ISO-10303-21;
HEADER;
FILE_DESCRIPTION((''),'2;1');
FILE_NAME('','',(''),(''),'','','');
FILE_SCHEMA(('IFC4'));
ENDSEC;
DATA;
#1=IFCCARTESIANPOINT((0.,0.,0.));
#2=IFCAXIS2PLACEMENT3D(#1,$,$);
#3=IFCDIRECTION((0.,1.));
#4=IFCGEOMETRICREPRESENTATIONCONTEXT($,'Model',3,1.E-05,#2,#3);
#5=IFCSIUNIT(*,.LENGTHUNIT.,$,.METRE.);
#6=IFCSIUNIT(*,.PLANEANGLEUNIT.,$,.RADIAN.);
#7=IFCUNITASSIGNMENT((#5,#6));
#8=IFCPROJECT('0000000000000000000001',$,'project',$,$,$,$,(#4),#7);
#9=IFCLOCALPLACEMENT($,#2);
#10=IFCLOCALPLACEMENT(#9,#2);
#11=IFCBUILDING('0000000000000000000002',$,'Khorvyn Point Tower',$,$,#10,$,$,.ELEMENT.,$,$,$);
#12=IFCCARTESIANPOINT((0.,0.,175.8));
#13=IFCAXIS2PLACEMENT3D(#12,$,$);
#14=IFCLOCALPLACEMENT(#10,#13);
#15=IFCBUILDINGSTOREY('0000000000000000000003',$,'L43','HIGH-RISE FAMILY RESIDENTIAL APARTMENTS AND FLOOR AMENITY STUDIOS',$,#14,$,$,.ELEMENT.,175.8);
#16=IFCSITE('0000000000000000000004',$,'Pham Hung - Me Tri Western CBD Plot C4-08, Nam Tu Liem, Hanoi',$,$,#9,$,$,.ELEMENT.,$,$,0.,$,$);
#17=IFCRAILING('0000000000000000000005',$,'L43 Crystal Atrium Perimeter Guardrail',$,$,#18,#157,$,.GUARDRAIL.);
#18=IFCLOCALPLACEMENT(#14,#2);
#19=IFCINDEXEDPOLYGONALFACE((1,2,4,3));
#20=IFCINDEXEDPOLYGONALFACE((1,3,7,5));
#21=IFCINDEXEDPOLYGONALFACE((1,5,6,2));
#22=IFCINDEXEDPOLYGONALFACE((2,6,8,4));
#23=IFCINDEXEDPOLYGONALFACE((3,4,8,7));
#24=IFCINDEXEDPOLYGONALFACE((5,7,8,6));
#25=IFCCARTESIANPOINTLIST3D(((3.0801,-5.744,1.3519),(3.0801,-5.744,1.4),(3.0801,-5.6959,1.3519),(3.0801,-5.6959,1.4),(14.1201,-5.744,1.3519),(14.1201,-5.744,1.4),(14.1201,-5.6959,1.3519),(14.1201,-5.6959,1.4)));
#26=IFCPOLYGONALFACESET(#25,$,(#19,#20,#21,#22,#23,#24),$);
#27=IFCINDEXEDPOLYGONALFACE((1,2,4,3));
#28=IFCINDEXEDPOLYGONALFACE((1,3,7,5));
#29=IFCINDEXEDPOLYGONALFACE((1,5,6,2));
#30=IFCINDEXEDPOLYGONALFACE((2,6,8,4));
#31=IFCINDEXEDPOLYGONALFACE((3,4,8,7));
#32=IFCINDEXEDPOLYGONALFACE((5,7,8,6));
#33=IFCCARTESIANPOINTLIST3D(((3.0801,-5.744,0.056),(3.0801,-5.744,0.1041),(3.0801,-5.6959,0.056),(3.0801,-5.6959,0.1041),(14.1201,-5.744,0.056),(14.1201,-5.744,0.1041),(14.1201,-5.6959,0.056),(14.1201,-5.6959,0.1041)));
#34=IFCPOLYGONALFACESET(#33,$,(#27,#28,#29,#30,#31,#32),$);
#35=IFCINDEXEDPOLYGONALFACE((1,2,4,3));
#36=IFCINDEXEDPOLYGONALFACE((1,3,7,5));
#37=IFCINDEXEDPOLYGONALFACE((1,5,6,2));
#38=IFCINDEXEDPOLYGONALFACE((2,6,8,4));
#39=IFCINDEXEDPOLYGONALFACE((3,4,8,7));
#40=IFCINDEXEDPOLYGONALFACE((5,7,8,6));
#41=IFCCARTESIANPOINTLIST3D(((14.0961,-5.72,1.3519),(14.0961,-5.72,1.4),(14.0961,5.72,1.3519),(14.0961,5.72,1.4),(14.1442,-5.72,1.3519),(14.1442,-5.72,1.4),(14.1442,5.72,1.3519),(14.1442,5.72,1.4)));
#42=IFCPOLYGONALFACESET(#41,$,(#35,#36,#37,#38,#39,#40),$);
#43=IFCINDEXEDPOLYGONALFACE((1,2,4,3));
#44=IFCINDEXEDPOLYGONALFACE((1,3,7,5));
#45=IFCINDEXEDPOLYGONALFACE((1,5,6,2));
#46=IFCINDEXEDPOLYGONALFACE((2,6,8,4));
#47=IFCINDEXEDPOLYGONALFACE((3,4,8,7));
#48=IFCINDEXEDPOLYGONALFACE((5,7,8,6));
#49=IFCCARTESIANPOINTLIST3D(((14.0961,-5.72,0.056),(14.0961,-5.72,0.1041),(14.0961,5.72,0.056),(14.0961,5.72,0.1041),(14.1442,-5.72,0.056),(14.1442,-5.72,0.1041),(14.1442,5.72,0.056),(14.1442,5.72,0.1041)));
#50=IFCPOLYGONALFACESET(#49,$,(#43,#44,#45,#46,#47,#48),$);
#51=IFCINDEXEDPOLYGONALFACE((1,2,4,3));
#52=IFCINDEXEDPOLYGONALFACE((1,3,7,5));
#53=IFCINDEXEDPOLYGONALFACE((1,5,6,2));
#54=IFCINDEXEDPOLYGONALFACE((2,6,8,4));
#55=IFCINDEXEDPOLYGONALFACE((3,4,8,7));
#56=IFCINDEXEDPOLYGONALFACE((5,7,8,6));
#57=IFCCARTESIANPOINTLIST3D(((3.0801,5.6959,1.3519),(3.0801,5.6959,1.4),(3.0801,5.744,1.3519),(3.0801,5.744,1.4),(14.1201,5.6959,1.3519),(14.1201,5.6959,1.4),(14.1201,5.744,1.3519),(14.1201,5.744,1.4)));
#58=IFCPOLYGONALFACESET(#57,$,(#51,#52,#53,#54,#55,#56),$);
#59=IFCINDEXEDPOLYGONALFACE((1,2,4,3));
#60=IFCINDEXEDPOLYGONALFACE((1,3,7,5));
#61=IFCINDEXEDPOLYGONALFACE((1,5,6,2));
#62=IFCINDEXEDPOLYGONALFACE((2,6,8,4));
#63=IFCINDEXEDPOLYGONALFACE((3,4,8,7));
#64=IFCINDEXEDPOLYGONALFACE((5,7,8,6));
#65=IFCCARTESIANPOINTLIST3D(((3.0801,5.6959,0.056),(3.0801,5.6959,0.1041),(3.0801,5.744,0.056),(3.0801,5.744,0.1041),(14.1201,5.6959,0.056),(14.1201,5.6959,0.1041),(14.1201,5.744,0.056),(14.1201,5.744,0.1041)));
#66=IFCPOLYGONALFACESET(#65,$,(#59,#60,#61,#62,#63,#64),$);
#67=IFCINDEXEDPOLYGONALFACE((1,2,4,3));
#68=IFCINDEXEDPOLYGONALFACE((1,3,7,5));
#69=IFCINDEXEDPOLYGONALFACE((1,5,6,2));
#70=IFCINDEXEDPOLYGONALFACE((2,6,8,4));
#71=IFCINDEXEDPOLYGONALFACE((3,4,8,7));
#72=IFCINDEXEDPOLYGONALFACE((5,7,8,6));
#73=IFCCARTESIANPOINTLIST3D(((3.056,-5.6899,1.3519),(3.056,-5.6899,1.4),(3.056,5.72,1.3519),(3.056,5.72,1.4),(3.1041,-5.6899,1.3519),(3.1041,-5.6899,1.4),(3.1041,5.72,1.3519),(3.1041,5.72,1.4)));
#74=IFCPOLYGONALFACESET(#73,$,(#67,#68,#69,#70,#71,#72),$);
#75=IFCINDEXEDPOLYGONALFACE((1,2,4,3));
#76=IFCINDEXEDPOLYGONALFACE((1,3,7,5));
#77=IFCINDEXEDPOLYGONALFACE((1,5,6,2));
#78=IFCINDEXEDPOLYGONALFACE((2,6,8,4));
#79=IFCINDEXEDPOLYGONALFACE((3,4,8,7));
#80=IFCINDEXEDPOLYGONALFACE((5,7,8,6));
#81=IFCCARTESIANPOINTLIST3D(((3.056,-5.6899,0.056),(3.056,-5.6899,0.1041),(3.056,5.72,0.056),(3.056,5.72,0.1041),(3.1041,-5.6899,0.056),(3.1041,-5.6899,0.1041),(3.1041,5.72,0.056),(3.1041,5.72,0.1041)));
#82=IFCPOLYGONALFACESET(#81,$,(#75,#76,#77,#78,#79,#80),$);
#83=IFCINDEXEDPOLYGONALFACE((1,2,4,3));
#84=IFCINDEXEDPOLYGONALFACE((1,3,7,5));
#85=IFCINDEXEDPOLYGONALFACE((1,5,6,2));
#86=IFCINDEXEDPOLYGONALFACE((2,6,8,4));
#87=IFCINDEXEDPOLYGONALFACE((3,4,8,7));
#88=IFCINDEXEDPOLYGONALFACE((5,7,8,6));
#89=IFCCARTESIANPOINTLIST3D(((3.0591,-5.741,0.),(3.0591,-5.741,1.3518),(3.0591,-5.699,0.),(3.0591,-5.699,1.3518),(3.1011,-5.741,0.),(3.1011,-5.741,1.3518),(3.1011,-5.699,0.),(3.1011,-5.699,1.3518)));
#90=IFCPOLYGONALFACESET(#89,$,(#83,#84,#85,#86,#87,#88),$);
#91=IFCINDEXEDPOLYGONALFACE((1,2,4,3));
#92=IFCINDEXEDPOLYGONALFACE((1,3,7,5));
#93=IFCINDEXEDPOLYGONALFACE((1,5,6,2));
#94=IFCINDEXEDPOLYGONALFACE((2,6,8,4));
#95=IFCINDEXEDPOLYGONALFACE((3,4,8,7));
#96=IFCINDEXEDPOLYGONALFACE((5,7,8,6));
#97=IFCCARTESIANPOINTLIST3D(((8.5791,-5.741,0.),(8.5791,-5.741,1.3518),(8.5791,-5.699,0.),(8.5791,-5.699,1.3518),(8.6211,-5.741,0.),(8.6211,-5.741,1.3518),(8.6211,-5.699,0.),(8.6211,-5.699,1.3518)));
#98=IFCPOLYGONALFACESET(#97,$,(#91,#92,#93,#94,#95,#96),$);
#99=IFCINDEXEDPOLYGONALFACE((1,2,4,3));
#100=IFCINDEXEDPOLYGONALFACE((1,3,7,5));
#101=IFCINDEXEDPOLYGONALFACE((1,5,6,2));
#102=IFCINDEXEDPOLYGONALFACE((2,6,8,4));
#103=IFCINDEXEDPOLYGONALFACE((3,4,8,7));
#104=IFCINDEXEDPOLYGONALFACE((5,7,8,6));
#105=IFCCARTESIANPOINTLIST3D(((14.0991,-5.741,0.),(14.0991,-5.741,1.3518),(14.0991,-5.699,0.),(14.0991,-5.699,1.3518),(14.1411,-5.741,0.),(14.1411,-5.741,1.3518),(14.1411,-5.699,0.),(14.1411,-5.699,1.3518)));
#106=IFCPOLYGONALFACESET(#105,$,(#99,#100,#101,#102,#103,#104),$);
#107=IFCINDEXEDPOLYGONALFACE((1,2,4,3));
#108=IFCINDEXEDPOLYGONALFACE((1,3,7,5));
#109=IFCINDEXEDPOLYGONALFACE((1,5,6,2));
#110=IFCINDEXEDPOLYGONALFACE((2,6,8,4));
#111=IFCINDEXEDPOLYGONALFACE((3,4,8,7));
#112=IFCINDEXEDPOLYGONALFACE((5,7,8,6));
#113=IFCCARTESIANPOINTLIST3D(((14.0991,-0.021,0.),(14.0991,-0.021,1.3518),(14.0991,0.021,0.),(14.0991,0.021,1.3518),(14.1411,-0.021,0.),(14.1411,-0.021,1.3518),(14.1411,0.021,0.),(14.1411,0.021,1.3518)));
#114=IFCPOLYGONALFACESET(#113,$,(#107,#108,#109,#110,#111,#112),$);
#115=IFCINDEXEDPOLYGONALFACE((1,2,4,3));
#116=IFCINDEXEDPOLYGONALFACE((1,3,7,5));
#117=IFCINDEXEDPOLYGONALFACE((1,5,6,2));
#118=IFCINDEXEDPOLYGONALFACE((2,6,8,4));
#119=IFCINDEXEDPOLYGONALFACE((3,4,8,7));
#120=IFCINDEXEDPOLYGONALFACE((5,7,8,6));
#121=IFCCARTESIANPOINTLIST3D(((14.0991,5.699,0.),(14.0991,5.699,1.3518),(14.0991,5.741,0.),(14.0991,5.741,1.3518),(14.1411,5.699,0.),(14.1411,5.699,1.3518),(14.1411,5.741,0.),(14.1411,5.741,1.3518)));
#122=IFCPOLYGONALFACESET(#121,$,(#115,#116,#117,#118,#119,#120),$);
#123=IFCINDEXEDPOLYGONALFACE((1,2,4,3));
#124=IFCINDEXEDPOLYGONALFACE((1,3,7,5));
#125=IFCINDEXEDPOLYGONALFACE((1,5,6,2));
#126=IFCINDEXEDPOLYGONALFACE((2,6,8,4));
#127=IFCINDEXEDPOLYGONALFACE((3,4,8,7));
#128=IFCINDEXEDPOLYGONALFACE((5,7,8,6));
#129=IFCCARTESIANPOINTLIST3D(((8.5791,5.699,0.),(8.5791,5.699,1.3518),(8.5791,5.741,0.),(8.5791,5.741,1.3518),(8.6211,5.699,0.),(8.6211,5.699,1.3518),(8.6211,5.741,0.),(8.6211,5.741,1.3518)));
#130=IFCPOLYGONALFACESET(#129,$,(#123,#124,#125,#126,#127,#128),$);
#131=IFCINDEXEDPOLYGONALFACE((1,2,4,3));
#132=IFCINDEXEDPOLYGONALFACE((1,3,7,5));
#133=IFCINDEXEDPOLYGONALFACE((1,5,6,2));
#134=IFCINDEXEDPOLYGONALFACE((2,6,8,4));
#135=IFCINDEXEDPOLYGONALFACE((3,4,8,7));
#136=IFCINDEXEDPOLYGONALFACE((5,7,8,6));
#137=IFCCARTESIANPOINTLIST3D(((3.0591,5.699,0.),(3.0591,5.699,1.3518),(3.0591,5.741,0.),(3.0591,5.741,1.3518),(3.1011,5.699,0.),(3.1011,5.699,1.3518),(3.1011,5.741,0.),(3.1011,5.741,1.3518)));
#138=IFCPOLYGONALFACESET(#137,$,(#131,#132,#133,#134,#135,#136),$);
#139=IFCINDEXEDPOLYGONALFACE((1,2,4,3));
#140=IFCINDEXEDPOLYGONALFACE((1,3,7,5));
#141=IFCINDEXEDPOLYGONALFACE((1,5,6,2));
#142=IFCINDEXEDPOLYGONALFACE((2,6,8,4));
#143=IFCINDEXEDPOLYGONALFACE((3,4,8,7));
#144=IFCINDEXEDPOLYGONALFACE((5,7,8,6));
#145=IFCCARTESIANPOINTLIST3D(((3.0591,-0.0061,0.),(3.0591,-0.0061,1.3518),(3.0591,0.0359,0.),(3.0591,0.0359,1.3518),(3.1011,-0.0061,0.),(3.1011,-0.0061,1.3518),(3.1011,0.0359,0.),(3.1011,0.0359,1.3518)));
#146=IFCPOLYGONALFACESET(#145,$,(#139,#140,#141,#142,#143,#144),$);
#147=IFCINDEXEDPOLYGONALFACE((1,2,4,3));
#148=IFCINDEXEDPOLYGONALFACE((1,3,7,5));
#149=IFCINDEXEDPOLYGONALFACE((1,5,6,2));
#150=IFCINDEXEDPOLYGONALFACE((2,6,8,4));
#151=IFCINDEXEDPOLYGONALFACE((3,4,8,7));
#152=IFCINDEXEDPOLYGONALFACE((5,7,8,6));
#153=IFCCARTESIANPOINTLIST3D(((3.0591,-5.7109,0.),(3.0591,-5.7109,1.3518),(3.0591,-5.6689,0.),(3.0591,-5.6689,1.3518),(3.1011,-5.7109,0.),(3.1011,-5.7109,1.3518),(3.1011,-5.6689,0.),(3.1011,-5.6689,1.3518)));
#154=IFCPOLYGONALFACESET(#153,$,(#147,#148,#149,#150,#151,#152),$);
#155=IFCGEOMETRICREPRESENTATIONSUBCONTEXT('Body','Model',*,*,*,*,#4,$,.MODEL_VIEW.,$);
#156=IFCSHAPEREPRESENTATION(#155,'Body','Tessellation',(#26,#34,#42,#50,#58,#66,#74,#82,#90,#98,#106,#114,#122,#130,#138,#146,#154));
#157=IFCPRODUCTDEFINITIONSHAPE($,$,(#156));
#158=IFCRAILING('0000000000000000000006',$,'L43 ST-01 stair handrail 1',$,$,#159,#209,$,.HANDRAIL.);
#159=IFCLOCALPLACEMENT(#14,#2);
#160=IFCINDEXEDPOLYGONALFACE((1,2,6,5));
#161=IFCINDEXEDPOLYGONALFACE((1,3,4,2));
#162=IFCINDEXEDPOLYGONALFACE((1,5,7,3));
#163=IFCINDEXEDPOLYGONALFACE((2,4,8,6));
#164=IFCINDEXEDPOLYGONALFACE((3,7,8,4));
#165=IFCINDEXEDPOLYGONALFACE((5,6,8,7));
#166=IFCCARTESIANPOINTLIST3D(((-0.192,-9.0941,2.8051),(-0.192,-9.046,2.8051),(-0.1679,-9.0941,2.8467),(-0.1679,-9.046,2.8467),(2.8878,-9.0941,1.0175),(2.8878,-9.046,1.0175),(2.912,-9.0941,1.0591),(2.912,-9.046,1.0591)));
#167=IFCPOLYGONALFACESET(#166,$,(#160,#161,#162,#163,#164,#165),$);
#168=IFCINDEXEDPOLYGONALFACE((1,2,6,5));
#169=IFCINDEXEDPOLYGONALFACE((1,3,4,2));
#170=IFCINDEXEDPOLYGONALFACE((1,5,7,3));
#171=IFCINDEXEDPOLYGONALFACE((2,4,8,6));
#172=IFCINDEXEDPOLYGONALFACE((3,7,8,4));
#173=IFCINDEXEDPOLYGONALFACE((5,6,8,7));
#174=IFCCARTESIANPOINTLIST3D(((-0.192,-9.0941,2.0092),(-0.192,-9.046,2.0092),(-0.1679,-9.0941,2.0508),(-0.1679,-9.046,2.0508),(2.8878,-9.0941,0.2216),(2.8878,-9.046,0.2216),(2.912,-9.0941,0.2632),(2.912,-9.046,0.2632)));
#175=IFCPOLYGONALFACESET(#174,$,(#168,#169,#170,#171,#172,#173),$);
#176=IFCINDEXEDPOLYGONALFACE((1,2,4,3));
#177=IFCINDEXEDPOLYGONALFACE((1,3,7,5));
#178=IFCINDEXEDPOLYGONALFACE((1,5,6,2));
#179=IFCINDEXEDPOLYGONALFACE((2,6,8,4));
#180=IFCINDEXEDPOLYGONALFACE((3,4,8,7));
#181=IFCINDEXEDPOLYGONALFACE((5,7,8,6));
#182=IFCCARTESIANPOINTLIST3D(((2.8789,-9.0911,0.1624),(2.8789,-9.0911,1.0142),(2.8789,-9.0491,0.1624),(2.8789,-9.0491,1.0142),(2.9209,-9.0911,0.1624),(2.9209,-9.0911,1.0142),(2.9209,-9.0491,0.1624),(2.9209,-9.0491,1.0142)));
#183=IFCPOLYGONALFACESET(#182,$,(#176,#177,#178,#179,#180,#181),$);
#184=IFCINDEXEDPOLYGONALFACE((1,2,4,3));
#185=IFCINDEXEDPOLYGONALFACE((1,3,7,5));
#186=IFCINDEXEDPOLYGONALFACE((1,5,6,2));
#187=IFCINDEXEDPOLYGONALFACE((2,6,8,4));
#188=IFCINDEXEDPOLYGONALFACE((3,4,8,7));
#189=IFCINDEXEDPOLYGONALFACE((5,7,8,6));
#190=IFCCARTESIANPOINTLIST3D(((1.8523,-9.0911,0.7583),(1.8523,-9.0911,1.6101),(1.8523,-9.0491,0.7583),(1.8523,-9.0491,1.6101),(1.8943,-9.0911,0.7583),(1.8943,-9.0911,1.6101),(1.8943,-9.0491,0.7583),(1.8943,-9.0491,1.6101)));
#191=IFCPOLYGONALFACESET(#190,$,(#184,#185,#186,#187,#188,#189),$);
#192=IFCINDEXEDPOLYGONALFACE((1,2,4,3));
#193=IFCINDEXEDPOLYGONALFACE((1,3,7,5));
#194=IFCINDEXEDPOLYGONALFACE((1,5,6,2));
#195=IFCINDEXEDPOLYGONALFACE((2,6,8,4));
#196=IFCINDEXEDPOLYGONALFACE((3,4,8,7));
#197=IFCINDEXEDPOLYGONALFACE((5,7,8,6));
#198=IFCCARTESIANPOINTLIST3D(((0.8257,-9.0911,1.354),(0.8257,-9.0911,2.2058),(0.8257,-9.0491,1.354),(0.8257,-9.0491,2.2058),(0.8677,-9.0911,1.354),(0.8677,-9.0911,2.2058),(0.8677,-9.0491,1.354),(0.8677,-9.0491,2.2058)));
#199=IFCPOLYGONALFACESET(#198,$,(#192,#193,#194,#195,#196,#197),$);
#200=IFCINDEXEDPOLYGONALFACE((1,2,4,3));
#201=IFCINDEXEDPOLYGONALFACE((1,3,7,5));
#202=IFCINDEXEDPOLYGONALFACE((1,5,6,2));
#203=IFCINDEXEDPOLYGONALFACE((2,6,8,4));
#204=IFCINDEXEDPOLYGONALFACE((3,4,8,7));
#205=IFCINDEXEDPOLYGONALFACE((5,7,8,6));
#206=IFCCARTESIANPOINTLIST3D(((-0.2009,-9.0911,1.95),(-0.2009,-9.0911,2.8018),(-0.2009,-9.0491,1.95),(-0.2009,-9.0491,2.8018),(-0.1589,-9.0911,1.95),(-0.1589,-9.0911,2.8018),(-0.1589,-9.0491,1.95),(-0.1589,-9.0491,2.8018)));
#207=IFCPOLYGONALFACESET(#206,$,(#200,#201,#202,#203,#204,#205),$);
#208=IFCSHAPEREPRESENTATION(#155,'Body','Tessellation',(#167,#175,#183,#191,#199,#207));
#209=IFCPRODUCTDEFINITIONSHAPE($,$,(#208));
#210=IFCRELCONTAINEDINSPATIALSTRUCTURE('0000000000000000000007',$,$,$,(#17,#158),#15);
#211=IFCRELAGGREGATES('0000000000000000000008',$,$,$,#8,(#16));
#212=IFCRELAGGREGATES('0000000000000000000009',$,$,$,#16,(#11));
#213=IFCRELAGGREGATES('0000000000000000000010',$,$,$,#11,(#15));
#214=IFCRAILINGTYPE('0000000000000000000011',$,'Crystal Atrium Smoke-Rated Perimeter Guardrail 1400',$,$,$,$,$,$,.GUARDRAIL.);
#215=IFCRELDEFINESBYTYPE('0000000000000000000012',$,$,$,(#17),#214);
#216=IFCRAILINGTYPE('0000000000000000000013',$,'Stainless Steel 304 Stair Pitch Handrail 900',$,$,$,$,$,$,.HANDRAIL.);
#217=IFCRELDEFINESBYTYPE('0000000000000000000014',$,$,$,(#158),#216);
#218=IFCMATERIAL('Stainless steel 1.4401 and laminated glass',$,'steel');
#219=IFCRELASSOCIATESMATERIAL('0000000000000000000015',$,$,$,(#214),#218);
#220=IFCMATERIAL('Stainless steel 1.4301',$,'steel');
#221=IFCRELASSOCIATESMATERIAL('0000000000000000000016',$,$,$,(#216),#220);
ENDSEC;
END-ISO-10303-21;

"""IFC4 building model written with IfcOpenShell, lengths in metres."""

from ifc_helpers import new_model, si_unit, direction, frame, origin, origin_2d, place, context, subcontext, project, spatial, rectangle, extrude, material, type_object, element, save


model = new_model("IFC4")

# Units and contexts
model_context = context("Model", 3, precision=1e-05, world=origin(), true_north=direction((0.0, 1.0)))
body_context = subcontext(model_context, "Body", "Model", "MODEL_VIEW")
ifc_project = project(units=[si_unit("LENGTHUNIT", "METRE"), si_unit("PLANEANGLEUNIT", "RADIAN")], contexts=[model_context])

# Site, building, storey
site_placement = place(None, origin())
site = spatial("IfcSite", under=ifc_project, at=site_placement, Name="Pham Hung - Me Tri Western CBD Plot C4-08, Nam Tu Liem, Hanoi", CompositionType="ELEMENT", RefElevation=0.0)
building_placement = place(site_placement, origin())
building = spatial("IfcBuilding", under=site, at=building_placement, Name="Khorvyn Point Tower", CompositionType="ELEMENT")
storey_placement = place(building_placement, frame((0.0, 0.0, 175.8)))
storey = spatial("IfcBuildingStorey", under=building, at=storey_placement, Name="L43", Description="HIGH-RISE FAMILY RESIDENTIAL APARTMENTS AND FLOOR AMENITY STUDIOS", CompositionType="ELEMENT", Elevation=175.8)

# Shared definitions
ifc_material_1 = material(Name="Stainless steel 1.4301", Category="steel")

# Railings
ifc_material_2 = material(Name="Stainless steel 1.4401 and laminated glass", Category="steel")
railing_type_1 = type_object("IfcRailingType", Name="Crystal Atrium Smoke-Rated Perimeter Guardrail 1400", PredefinedType="GUARDRAIL", material=ifc_material_2)
railing_1_placement = place(storey_placement, frame((3.0801, -5.72, 0.0)))
element("IfcRailing", 1, at=railing_1_placement, inside=storey, type_object=railing_type_1, Name="L43 Crystal Atrium Perimeter Guardrail", PredefinedType="GUARDRAIL", context=body_context, shape_type="SweptSolid", body=[
    extrude(rectangle(XDim=0.0481, YDim=0.0481, at=origin_2d()), frame((0.0, 0.0, 1.376), z_axis=(1.0, 0.0, 0.0), x_axis=(0.0, 1.0, 0.0)), (0.0, 0.0, 1.0), 11.04),
    extrude(rectangle(XDim=0.0481, YDim=0.0481, at=origin_2d()), frame((0.0, 0.0, 0.0801), z_axis=(1.0, 0.0, 0.0), x_axis=(0.0, 1.0, 0.0)), (0.0, 0.0, 1.0), 11.04),
    extrude(rectangle(XDim=0.0481, YDim=0.0481, at=origin_2d()), frame((11.04, 0.0, 1.376), z_axis=(0.0, 1.0, 0.0), x_axis=(-1.0, 0.0, 0.0)), (0.0, 0.0, 1.0), 11.4399),
    extrude(rectangle(XDim=0.0481, YDim=0.0481, at=origin_2d()), frame((11.04, 0.0, 0.0801), z_axis=(0.0, 1.0, 0.0), x_axis=(-1.0, 0.0, 0.0)), (0.0, 0.0, 1.0), 11.4399),
    extrude(rectangle(XDim=0.0481, YDim=0.0481, at=origin_2d()), frame((11.04, 11.4399, 1.376), z_axis=(-1.0, 0.0, 0.0), x_axis=(0.0, -1.0, 0.0)), (0.0, 0.0, 1.0), 11.04),
    extrude(rectangle(XDim=0.0481, YDim=0.0481, at=origin_2d()), frame((11.04, 11.4399, 0.0801), z_axis=(-1.0, 0.0, 0.0), x_axis=(0.0, -1.0, 0.0)), (0.0, 0.0, 1.0), 11.04),
    extrude(rectangle(XDim=0.0481, YDim=0.0481, at=origin_2d()), frame((0.0, 11.4399, 1.376), z_axis=(0.0, -1.0, 0.0), x_axis=(1.0, 0.0, 0.0)), (0.0, 0.0, 1.0), 11.4099),
    extrude(rectangle(XDim=0.0481, YDim=0.0481, at=origin_2d()), frame((0.0, 11.4399, 0.0801), z_axis=(0.0, -1.0, 0.0), x_axis=(1.0, 0.0, 0.0)), (0.0, 0.0, 1.0), 11.4099),
    extrude(rectangle(XDim=0.042, YDim=0.042, at=origin_2d()), origin(), (0.0, 0.0, 1.0), 1.3518),
    extrude(rectangle(XDim=0.042, YDim=0.042, at=origin_2d()), frame((5.52, 0.0, 0.0)), (0.0, 0.0, 1.0), 1.3518),
    extrude(rectangle(XDim=0.042, YDim=0.042, at=origin_2d()), frame((11.04, 0.0, 0.0)), (0.0, 0.0, 1.0), 1.3518),
    extrude(rectangle(XDim=0.042, YDim=0.042, at=origin_2d()), frame((11.04, 5.72, 0.0)), (0.0, 0.0, 1.0), 1.3518),
    extrude(rectangle(XDim=0.042, YDim=0.042, at=origin_2d()), frame((11.04, 11.4399, 0.0)), (0.0, 0.0, 1.0), 1.3518),
    extrude(rectangle(XDim=0.042, YDim=0.042, at=origin_2d()), frame((5.52, 11.4399, 0.0)), (0.0, 0.0, 1.0), 1.3518),
    extrude(rectangle(XDim=0.042, YDim=0.042, at=origin_2d()), frame((0.0, 11.4399, 0.0)), (0.0, 0.0, 1.0), 1.3518),
    extrude(rectangle(XDim=0.042, YDim=0.042, at=origin_2d()), frame((0.0, 5.7349, 0.0)), (0.0, 0.0, 1.0), 1.3518),
    extrude(rectangle(XDim=0.042, YDim=0.042, at=origin_2d()), frame((0.0, 0.03, 0.0)), (0.0, 0.0, 1.0), 1.3518),
])
railing_type_2 = type_object("IfcRailingType", Name="Stainless Steel 304 Stair Pitch Handrail 900", PredefinedType="HANDRAIL", material=ifc_material_1)
railing_2_placement = place(storey_placement, frame((2.8999, -9.0701, 0.1624)))
element("IfcRailing", 2, at=railing_2_placement, inside=storey, type_object=railing_type_2, Name="L43 ST-01 stair handrail 1", PredefinedType="HANDRAIL", context=body_context, shape_type="SweptSolid", body=[
    extrude(rectangle(XDim=0.0481, YDim=0.0481, at=origin_2d()), frame((0.0, 0.0, 0.876), z_axis=(-0.864873, 0.0, 0.50199), x_axis=(0.0, -1.0, 0.0)), (0.0, 0.0, 1.0), 3.561),
    extrude(rectangle(XDim=0.0481, YDim=0.0481, at=origin_2d()), frame((0.0, 0.0, 0.0801), z_axis=(-0.864873, 0.0, 0.50199), x_axis=(0.0, -1.0, 0.0)), (0.0, 0.0, 1.0), 3.561),
    extrude(rectangle(XDim=0.042, YDim=0.042, at=origin_2d()), origin(), (0.0, 0.0, 1.0), 0.8518),
    extrude(rectangle(XDim=0.042, YDim=0.042, at=origin_2d()), frame((-1.0266, 0.0, 0.5959)), (0.0, 0.0, 1.0), 0.8518),
    extrude(rectangle(XDim=0.042, YDim=0.042, at=origin_2d()), frame((-2.0532, 0.0, 1.1917)), (0.0, 0.0, 1.0), 0.8518),
    extrude(rectangle(XDim=0.042, YDim=0.042, at=origin_2d()), frame((-3.0798, 0.0, 1.7876)), (0.0, 0.0, 1.0), 0.8518),
])

save(model, "model.ifc")
